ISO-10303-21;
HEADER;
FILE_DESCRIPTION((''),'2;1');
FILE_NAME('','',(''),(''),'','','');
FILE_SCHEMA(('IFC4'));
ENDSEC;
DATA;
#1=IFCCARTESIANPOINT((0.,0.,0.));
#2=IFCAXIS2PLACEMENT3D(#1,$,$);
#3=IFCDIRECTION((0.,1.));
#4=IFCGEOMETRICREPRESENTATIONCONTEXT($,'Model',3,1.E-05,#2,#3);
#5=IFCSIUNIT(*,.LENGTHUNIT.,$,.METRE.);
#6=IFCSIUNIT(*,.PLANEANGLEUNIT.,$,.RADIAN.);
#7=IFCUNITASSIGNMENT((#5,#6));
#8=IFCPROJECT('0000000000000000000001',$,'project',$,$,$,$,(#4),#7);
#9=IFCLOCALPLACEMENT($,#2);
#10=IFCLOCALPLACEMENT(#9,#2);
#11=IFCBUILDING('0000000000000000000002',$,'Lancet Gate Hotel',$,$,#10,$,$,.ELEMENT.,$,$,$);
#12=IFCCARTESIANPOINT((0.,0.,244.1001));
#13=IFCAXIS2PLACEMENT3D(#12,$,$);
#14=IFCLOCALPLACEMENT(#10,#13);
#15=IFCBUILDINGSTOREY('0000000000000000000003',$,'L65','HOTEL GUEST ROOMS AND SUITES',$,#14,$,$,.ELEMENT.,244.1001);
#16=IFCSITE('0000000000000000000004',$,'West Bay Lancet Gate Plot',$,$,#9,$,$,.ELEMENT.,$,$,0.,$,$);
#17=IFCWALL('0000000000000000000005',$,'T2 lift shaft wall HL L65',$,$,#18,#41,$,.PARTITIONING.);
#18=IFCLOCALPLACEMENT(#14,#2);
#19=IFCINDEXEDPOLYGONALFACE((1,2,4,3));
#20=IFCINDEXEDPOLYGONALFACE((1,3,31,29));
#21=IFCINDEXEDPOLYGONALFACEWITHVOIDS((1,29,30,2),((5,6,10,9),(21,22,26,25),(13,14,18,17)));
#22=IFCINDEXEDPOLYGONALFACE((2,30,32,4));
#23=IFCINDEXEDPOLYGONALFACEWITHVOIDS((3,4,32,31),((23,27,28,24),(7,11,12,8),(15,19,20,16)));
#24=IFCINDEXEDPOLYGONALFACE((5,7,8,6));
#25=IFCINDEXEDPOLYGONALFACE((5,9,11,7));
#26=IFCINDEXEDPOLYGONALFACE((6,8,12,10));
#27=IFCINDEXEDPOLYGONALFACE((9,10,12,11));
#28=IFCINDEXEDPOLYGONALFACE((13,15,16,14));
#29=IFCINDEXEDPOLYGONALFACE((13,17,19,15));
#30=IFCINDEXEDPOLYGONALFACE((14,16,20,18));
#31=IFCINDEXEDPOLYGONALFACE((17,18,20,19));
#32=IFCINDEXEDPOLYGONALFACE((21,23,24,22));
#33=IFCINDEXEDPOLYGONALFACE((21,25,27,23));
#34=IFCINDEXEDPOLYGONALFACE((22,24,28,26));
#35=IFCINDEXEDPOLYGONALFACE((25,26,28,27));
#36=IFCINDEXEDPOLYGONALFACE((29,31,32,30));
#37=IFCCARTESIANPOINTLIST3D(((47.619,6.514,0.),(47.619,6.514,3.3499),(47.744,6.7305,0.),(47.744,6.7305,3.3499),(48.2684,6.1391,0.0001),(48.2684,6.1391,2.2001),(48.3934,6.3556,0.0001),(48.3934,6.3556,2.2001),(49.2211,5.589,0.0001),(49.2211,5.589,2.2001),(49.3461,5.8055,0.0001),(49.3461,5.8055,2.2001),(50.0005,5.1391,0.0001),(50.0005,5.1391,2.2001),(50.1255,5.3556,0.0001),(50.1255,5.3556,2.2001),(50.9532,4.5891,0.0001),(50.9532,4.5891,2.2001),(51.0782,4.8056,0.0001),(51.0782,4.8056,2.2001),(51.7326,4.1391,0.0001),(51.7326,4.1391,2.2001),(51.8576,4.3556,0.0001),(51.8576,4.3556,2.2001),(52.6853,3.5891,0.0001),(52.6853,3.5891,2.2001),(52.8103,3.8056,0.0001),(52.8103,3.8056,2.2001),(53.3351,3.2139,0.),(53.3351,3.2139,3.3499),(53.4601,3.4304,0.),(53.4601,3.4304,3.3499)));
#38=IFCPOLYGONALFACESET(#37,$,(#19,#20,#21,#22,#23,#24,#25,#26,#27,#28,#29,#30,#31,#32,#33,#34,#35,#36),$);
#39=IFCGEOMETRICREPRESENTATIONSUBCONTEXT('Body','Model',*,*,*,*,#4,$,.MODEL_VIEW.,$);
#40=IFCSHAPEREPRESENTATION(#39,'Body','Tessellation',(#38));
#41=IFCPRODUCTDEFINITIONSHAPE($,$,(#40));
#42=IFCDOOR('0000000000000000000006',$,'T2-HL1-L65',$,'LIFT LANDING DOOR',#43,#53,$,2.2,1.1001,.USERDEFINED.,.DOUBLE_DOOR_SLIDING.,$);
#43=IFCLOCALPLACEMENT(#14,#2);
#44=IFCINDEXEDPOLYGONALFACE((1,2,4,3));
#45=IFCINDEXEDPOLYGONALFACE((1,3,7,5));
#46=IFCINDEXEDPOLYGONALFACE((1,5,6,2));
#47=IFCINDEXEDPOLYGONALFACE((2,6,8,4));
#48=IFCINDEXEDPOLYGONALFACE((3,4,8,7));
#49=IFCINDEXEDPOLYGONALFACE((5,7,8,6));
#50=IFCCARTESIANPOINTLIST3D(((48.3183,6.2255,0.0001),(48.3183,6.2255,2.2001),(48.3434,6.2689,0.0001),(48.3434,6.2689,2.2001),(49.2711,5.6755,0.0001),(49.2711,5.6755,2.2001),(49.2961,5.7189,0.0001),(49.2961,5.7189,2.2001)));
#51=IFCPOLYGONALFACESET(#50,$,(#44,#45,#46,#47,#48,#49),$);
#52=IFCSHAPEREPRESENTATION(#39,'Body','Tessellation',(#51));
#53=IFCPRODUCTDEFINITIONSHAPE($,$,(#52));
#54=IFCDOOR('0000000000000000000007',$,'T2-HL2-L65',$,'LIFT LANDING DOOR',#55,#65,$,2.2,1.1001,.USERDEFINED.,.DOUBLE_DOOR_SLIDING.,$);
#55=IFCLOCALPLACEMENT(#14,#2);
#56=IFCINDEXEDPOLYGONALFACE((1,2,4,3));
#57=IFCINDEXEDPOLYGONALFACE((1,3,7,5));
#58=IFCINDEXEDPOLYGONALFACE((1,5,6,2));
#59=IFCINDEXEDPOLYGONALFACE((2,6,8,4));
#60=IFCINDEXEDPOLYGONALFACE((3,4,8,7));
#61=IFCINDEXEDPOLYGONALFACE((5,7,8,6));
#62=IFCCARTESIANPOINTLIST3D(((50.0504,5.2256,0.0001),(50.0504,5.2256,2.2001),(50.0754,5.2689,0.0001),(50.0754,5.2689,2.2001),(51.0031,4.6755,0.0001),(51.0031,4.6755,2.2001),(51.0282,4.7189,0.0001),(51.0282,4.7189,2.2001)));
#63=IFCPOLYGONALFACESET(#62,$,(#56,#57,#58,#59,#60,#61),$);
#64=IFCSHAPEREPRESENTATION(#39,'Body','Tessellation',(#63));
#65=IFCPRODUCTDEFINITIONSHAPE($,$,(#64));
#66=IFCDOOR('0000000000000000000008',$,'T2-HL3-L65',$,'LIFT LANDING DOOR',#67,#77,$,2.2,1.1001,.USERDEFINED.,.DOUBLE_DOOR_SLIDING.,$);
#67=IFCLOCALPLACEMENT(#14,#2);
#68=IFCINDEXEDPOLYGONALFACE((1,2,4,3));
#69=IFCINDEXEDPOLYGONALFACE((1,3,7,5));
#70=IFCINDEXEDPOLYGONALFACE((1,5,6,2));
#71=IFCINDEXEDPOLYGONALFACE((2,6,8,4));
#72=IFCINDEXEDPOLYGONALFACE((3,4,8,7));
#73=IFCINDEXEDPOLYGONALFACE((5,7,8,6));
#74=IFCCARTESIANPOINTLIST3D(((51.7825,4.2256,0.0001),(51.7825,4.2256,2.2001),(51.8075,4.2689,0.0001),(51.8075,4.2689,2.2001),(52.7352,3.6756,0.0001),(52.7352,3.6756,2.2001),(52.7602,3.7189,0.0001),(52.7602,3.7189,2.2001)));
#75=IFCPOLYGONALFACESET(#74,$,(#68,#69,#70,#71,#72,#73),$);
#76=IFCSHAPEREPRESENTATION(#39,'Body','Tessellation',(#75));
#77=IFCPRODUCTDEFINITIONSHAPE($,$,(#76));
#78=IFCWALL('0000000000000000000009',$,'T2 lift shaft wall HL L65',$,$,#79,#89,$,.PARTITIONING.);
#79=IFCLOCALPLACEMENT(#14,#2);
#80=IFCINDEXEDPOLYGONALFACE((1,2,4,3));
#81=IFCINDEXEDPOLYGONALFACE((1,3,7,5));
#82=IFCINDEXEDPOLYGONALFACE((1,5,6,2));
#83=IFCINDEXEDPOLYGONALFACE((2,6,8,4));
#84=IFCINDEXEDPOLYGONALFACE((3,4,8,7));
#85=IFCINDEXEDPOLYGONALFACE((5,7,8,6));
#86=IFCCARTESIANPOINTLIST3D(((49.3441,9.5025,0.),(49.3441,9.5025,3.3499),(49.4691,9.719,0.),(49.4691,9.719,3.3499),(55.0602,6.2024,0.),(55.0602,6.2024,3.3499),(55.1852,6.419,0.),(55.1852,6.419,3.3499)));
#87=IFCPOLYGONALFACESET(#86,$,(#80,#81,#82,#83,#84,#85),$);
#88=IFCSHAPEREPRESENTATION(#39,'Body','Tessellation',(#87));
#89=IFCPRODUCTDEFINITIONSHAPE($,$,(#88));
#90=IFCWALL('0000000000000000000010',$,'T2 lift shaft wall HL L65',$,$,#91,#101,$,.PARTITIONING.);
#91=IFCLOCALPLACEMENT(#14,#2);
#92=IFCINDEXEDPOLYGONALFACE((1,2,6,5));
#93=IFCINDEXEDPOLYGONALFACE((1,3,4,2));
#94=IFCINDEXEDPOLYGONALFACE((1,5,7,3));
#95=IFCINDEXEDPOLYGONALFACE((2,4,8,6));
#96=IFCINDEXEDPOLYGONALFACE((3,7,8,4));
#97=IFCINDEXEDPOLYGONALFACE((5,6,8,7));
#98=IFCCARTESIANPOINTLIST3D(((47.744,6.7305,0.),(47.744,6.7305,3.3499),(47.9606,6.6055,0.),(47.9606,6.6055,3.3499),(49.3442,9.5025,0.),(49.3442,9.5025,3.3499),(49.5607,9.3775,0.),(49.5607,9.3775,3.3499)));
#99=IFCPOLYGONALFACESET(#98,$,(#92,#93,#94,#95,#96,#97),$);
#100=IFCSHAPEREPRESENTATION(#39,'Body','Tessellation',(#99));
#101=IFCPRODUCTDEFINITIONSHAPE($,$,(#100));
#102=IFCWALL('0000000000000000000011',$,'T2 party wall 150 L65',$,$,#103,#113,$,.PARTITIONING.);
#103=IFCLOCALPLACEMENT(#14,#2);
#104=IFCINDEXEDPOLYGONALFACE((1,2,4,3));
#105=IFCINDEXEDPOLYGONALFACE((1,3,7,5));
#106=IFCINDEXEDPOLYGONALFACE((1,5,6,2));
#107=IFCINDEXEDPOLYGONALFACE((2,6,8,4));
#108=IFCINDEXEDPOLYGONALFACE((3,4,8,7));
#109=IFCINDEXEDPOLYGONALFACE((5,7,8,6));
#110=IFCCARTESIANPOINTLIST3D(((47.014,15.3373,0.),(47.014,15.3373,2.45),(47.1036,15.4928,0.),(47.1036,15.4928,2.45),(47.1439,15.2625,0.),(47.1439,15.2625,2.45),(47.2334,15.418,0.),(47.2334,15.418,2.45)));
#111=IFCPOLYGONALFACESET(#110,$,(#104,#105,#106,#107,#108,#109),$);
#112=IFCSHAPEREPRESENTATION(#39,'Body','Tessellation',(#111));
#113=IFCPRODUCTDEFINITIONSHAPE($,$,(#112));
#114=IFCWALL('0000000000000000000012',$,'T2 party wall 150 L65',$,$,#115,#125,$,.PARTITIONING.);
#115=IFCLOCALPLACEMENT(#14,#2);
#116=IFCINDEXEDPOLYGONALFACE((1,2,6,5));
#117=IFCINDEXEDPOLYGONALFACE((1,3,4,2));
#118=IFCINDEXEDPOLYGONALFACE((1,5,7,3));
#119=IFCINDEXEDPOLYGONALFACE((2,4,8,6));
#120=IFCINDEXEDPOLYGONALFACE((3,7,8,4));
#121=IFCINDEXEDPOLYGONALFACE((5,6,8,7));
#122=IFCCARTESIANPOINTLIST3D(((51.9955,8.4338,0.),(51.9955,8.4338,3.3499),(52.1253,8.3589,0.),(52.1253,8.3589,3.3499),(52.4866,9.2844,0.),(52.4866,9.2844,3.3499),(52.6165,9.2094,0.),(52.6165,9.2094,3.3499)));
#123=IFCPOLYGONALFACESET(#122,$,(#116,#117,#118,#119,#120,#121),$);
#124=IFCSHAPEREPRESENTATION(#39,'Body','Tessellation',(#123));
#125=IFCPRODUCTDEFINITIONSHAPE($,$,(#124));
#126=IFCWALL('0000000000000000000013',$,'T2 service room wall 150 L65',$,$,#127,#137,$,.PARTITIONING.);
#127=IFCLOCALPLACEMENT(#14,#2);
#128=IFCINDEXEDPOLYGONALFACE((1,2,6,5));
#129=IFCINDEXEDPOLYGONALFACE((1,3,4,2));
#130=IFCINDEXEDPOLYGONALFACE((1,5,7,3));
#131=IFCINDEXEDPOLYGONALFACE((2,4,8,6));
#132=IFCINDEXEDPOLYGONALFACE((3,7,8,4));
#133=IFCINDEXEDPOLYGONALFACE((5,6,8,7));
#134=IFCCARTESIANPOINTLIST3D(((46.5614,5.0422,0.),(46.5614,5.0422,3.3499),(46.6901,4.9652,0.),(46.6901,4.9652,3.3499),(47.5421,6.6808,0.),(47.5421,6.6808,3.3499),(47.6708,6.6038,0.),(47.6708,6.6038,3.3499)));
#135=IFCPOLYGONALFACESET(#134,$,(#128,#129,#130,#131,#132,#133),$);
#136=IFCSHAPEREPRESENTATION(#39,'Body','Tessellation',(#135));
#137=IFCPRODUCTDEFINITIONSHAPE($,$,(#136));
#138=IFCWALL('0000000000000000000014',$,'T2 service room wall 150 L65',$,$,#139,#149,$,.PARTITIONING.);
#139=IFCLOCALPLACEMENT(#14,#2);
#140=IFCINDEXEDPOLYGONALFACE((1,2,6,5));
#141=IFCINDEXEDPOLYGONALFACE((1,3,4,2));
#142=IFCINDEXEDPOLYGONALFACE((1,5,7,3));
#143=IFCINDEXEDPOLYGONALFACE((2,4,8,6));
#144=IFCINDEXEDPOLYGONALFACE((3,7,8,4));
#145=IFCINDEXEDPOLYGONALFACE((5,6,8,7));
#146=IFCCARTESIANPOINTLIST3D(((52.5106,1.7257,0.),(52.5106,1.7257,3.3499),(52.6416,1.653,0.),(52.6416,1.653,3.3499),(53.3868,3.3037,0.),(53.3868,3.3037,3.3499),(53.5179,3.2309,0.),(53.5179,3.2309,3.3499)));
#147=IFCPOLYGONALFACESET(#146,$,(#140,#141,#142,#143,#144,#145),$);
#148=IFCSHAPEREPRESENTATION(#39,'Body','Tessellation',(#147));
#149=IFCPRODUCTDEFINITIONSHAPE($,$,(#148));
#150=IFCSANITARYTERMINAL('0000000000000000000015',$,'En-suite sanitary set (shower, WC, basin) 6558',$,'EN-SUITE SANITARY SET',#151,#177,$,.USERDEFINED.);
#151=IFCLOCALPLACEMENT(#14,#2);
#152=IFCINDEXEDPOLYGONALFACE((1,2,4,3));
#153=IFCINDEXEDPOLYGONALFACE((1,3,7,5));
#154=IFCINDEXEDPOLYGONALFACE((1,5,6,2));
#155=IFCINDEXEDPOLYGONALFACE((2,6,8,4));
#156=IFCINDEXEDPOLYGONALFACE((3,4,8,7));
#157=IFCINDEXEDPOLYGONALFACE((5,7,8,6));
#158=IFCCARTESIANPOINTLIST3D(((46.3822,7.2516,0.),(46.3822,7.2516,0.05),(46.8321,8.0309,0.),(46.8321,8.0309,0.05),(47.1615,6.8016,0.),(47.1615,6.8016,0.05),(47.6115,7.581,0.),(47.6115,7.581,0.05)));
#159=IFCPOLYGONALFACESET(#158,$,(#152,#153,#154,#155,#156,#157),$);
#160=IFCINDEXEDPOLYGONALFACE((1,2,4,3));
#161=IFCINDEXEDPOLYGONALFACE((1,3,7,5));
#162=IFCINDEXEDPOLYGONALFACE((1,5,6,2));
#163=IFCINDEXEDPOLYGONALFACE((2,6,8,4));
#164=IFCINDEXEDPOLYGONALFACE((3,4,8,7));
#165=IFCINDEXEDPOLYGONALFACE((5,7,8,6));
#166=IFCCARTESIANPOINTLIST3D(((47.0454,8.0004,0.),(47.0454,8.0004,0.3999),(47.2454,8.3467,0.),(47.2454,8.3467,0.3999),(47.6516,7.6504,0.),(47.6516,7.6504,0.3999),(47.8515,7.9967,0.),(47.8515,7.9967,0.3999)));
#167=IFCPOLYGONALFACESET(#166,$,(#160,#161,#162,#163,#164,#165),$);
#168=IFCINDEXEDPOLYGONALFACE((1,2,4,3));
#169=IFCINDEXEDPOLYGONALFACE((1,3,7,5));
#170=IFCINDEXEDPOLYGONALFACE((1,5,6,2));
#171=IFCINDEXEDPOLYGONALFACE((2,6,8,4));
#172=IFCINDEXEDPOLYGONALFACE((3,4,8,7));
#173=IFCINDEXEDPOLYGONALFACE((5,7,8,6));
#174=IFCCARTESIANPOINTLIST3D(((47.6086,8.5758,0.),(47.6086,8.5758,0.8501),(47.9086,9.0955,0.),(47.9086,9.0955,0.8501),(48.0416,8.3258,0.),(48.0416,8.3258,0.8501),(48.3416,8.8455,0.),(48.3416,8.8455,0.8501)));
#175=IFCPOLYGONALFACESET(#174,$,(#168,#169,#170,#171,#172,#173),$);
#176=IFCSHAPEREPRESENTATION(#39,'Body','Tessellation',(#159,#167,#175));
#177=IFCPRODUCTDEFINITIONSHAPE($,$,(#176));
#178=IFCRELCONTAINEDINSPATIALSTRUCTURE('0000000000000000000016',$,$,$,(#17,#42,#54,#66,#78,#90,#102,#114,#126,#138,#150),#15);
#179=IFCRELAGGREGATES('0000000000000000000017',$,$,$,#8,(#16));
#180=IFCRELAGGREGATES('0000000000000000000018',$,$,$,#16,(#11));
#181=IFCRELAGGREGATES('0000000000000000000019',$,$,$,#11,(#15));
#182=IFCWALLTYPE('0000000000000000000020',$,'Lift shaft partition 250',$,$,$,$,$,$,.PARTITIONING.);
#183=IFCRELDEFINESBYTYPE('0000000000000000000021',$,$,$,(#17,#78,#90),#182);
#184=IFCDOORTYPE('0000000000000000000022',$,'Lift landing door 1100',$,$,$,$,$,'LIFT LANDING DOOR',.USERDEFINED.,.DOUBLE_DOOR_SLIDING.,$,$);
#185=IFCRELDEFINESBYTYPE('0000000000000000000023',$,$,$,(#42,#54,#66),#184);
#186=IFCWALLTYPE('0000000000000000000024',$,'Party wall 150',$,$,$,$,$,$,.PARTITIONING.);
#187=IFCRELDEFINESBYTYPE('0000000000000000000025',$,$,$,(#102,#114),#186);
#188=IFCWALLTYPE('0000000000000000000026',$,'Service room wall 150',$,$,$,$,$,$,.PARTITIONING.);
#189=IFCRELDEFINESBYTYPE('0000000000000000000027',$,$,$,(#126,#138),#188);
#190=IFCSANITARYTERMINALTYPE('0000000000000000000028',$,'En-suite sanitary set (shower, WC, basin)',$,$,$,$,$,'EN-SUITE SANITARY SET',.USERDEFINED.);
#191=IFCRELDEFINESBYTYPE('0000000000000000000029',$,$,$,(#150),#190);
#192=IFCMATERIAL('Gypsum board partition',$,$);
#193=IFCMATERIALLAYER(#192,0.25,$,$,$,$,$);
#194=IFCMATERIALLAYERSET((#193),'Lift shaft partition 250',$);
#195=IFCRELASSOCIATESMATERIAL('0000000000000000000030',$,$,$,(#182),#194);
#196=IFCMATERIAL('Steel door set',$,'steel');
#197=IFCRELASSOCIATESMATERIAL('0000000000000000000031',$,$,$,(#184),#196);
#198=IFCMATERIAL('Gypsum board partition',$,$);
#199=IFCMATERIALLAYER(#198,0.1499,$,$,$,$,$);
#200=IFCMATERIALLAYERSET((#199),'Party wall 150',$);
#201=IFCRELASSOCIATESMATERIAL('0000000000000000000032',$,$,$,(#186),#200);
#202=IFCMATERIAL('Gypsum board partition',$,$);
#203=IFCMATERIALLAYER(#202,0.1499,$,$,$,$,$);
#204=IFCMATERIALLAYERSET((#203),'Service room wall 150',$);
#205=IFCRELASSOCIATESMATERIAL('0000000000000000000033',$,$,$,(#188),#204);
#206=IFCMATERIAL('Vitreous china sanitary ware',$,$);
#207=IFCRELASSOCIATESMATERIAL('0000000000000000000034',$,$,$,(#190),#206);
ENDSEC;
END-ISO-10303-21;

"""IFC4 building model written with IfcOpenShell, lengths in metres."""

from ifc_helpers import new_model, si_unit, direction, frame, frame_2d, origin, origin_2d, place, context, subcontext, project, spatial, rectangle, extrude, material, layer, layer_set, type_object, element, fill, save


model = new_model("IFC4")

# Units and contexts
model_context = context("Model", 3, precision=1e-05, world=origin(), true_north=direction((0.0, 1.0)))
body_context = subcontext(model_context, "Body", "Model", "MODEL_VIEW")
ifc_project = project(units=[si_unit("LENGTHUNIT", "METRE"), si_unit("PLANEANGLEUNIT", "RADIAN")], contexts=[model_context])

# Site, building, storey
site_placement = place(None, origin())
site = spatial("IfcSite", under=ifc_project, at=site_placement, Name="West Bay Lancet Gate Plot", CompositionType="ELEMENT", RefElevation=0.0)
building_placement = place(site_placement, origin())
building = spatial("IfcBuilding", under=site, at=building_placement, Name="Lancet Gate Hotel", CompositionType="ELEMENT")
storey_placement = place(building_placement, frame((0.0, 0.0, 244.1001)))
storey = spatial("IfcBuildingStorey", under=building, at=storey_placement, Name="L65", Description="HOTEL GUEST ROOMS AND SUITES", CompositionType="ELEMENT", Elevation=244.1001)

# Wall, openings, doors
ifc_material_1 = material(Name="Gypsum board partition")
ifc_layer_1 = layer(ifc_material_1, 0.25)
ifc_layer_set_1 = layer_set([ifc_layer_1], Name="Lift shaft partition 250")
wall_type_1 = type_object("IfcWallType", Name="Lift shaft partition 250", PredefinedType="PARTITIONING", material=ifc_layer_set_1)
wall_1_placement = place(storey_placement, frame((47.6814, 6.6223, 0.0), z_axis=(0.0, 0.0, 1.0), x_axis=(0.866033, -0.499986, 0.0)))
wall_1 = element("IfcWall", 1, at=wall_1_placement, inside=storey, type_object=wall_type_1, Name="T2 lift shaft wall HL L65", PredefinedType="PARTITIONING", context=body_context, shape_type="SweptSolid", body=[
    extrude(rectangle(XDim=6.6003, YDim=0.25, at=frame_2d((3.3003, 0.0))), origin(), (0.0, 0.0, 1.0), 3.3499),
])
opening_1_placement = place(wall_1_placement, frame((0.75, 0.0, 0.0)))
opening_1 = element("IfcOpeningElement", 2, at=opening_1_placement, cuts=wall_1, PredefinedType="OPENING", context=body_context, shape_type="SweptSolid", body=[
    extrude(rectangle(XDim=1.1001, YDim=2.2, at=frame_2d((0.55, 1.1001))), frame((0.0, 0.135, 0.0), z_axis=(0.0, -1.0, 0.0), x_axis=(1.0, 0.0, 0.0)), (0.0, 0.0, 1.0), 0.27),
])
opening_2_placement = place(wall_1_placement, frame((2.75, 0.0, 0.0)))
opening_2 = element("IfcOpeningElement", 3, at=opening_2_placement, cuts=wall_1, PredefinedType="OPENING", context=body_context, shape_type="SweptSolid", body=[
    extrude(rectangle(XDim=1.1001, YDim=2.2, at=frame_2d((0.55, 1.1001))), frame((0.0, 0.135, 0.0), z_axis=(0.0, -1.0, 0.0), x_axis=(1.0, 0.0, 0.0)), (0.0, 0.0, 1.0), 0.27),
])
opening_3_placement = place(wall_1_placement, frame((4.75, 0.0, 0.0)))
opening_3 = element("IfcOpeningElement", 4, at=opening_3_placement, cuts=wall_1, PredefinedType="OPENING", context=body_context, shape_type="SweptSolid", body=[
    extrude(rectangle(XDim=1.1001, YDim=2.2, at=frame_2d((0.55, 1.1001))), frame((0.0, 0.135, 0.0), z_axis=(0.0, -1.0, 0.0), x_axis=(1.0, 0.0, 0.0)), (0.0, 0.0, 1.0), 0.27),
])
ifc_material_2 = material(Name="Steel door set", Category="steel")
door_type_1 = type_object("IfcDoorType", Name="Lift landing door 1100", ElementType="LIFT LANDING DOOR", OperationType="DOUBLE_DOOR_SLIDING", PredefinedType="USERDEFINED", material=ifc_material_2)
door_1_placement = place(opening_1_placement, origin())
door_1 = element("IfcDoor", 5, at=door_1_placement, inside=storey, type_object=door_type_1, Name="T2-HL1-L65", ObjectType="LIFT LANDING DOOR", OperationType="DOUBLE_DOOR_SLIDING", OverallHeight=2.2, OverallWidth=1.1001, PredefinedType="USERDEFINED", context=body_context, shape_type="SweptSolid", body=[
    extrude(rectangle(XDim=1.1001, YDim=2.2, at=frame_2d((0.55, 1.1001))), frame((0.0, 0.0249, 0.0), z_axis=(0.0, -1.0, 0.0), x_axis=(1.0, 0.0, 0.0)), (0.0, 0.0, 1.0), 0.05),
])
fill(opening_1, door_1)
door_2_placement = place(opening_2_placement, origin())
door_2 = element("IfcDoor", 6, at=door_2_placement, inside=storey, type_object=door_type_1, Name="T2-HL2-L65", ObjectType="LIFT LANDING DOOR", OperationType="DOUBLE_DOOR_SLIDING", OverallHeight=2.2, OverallWidth=1.1001, PredefinedType="USERDEFINED", context=body_context, shape_type="SweptSolid", body=[
    extrude(rectangle(XDim=1.1001, YDim=2.2, at=frame_2d((0.55, 1.1001))), frame((0.0, 0.0249, 0.0), z_axis=(0.0, -1.0, 0.0), x_axis=(1.0, 0.0, 0.0)), (0.0, 0.0, 1.0), 0.05),
])
fill(opening_2, door_2)
door_3_placement = place(opening_3_placement, origin())
door_3 = element("IfcDoor", 7, at=door_3_placement, inside=storey, type_object=door_type_1, Name="T2-HL3-L65", ObjectType="LIFT LANDING DOOR", OperationType="DOUBLE_DOOR_SLIDING", OverallHeight=2.2, OverallWidth=1.1001, PredefinedType="USERDEFINED", context=body_context, shape_type="SweptSolid", body=[
    extrude(rectangle(XDim=1.1001, YDim=2.2, at=frame_2d((0.55, 1.1001))), frame((0.0, 0.0249, 0.0), z_axis=(0.0, -1.0, 0.0), x_axis=(1.0, 0.0, 0.0)), (0.0, 0.0, 1.0), 0.05),
])
fill(opening_3, door_3)

# Walls
wall_2_placement = place(storey_placement, frame((49.4065, 9.6108, 0.0), z_axis=(0.0, 0.0, 1.0), x_axis=(0.866033, -0.499986, 0.0)))
element("IfcWall", 8, at=wall_2_placement, inside=storey, type_object=wall_type_1, Name="T2 lift shaft wall HL L65", PredefinedType="PARTITIONING", context=body_context, shape_type="SweptSolid", body=[
    extrude(rectangle(XDim=6.6003, YDim=0.25, at=frame_2d((3.3003, 0.0))), origin(), (0.0, 0.0, 1.0), 3.3499),
])
wall_3_placement = place(storey_placement, frame((47.8523, 6.668, 0.0), z_axis=(0.0, 0.0, 1.0), x_axis=(0.499929, 0.866066, 0.0)))
element("IfcWall", 9, at=wall_3_placement, inside=storey, type_object=wall_type_1, Name="T2 lift shaft wall HL L65", PredefinedType="PARTITIONING", context=body_context, shape_type="SweptSolid", body=[
    extrude(rectangle(XDim=3.2007, YDim=0.25, at=frame_2d((1.6003, 0.0))), origin(), (0.0, 0.0, 1.0), 3.3499),
])
ifc_material_3 = material(Name="Gypsum board partition")
ifc_layer_2 = layer(ifc_material_3, 0.1499)
ifc_layer_set_2 = layer_set([ifc_layer_2], Name="Party wall 150")
wall_type_2 = type_object("IfcWallType", Name="Party wall 150", PredefinedType="PARTITIONING", material=ifc_layer_set_2)
wall_4_placement = place(storey_placement, frame((47.0789, 15.2998, 0.0), z_axis=(0.0, 0.0, 1.0), x_axis=(0.499212, 0.86648, 0.0)))
element("IfcWall", 10, at=wall_4_placement, inside=storey, type_object=wall_type_2, Name="T2 party wall 150 L65", PredefinedType="PARTITIONING", context=body_context, shape_type="SweptSolid", body=[
    extrude(rectangle(XDim=0.1794, YDim=0.1499, at=frame_2d((0.0898, 0.0))), origin(), (0.0, 0.0, 1.0), 2.45),
])
wall_5_placement = place(storey_placement, frame((52.0603, 8.3962, 0.0), z_axis=(0.0, 0.0, 1.0), x_axis=(0.500095, 0.86597, 0.0)))
element("IfcWall", 11, at=wall_5_placement, inside=storey, type_object=wall_type_2, Name="T2 party wall 150 L65", PredefinedType="PARTITIONING", context=body_context, shape_type="SweptSolid", body=[
    extrude(rectangle(XDim=0.9822, YDim=0.1499, at=frame_2d((0.4912, 0.0))), origin(), (0.0, 0.0, 1.0), 3.3499),
])
ifc_material_4 = material(Name="Gypsum board partition")
ifc_layer_3 = layer(ifc_material_4, 0.1499)
ifc_layer_set_3 = layer_set([ifc_layer_3], Name="Service room wall 150")
wall_type_3 = type_object("IfcWallType", Name="Service room wall 150", PredefinedType="PARTITIONING", material=ifc_layer_set_3)
wall_6_placement = place(storey_placement, frame((47.6064, 6.6423, 0.0), z_axis=(0.0, 0.0, 1.0), x_axis=(-0.513537, -0.858068, 0.0)))
element("IfcWall", 12, at=wall_6_placement, inside=storey, type_object=wall_type_3, Name="T2 service room wall 150 L65", PredefinedType="PARTITIONING", context=body_context, shape_type="SweptSolid", body=[
    extrude(rectangle(XDim=1.9097, YDim=0.1499, at=frame_2d((0.9548, 0.0))), origin(), (0.0, 0.0, 1.0), 3.3499),
])
wall_7_placement = place(storey_placement, frame((52.5762, 1.6895, 0.0), z_axis=(0.0, 0.0, 1.0), x_axis=(0.485482, 0.874247, 0.0)))
element("IfcWall", 13, at=wall_7_placement, inside=storey, type_object=wall_type_3, Name="T2 service room wall 150 L65", PredefinedType="PARTITIONING", context=body_context, shape_type="SweptSolid", body=[
    extrude(rectangle(XDim=1.8049, YDim=0.1499, at=frame_2d((0.9023, 0.0))), origin(), (0.0, 0.0, 1.0), 3.3499),
])

# Sanitary terminal
ifc_material_5 = material(Name="Vitreous china sanitary ware")
sanitary_terminal_type = type_object("IfcSanitaryTerminalType", Name="En-suite sanitary set (shower, WC, basin)", ElementType="EN-SUITE SANITARY SET", PredefinedType="USERDEFINED", material=ifc_material_5)
sanitary_terminal_placement = place(storey_placement, frame((46.9968, 7.4163, 0.0), z_axis=(0.0, 0.0, 1.0), x_axis=(1.0, 0.0, 0.0)))
element("IfcSanitaryTerminal", 14, at=sanitary_terminal_placement, inside=storey, type_object=sanitary_terminal_type, Name="En-suite sanitary set (shower, WC, basin) 6558", ObjectType="EN-SUITE SANITARY SET", PredefinedType="USERDEFINED", context=body_context, shape_type="SweptSolid", body=[
    extrude(rectangle(XDim=0.8999, YDim=0.8999, at=origin_2d()), frame((0.0, 0.0, 0.0), z_axis=(0.0, 0.0, 1.0), x_axis=(-0.5, -0.866025, 0.0)), (0.0, 0.0, 1.0), 0.05),
    extrude(rectangle(XDim=0.3999, YDim=0.7, at=origin_2d()), frame((0.4517, 0.5823, 0.0), z_axis=(0.0, 0.0, 1.0), x_axis=(-0.5, -0.866025, 0.0)), (0.0, 0.0, 1.0), 0.3999),
    extrude(rectangle(XDim=0.6001, YDim=0.5, at=origin_2d()), frame((0.9783, 1.2944, 0.0), z_axis=(0.0, 0.0, 1.0), x_axis=(-0.5, -0.866025, 0.0)), (0.0, 0.0, 1.0), 0.8501),
])

save(model, "model.ifc")
